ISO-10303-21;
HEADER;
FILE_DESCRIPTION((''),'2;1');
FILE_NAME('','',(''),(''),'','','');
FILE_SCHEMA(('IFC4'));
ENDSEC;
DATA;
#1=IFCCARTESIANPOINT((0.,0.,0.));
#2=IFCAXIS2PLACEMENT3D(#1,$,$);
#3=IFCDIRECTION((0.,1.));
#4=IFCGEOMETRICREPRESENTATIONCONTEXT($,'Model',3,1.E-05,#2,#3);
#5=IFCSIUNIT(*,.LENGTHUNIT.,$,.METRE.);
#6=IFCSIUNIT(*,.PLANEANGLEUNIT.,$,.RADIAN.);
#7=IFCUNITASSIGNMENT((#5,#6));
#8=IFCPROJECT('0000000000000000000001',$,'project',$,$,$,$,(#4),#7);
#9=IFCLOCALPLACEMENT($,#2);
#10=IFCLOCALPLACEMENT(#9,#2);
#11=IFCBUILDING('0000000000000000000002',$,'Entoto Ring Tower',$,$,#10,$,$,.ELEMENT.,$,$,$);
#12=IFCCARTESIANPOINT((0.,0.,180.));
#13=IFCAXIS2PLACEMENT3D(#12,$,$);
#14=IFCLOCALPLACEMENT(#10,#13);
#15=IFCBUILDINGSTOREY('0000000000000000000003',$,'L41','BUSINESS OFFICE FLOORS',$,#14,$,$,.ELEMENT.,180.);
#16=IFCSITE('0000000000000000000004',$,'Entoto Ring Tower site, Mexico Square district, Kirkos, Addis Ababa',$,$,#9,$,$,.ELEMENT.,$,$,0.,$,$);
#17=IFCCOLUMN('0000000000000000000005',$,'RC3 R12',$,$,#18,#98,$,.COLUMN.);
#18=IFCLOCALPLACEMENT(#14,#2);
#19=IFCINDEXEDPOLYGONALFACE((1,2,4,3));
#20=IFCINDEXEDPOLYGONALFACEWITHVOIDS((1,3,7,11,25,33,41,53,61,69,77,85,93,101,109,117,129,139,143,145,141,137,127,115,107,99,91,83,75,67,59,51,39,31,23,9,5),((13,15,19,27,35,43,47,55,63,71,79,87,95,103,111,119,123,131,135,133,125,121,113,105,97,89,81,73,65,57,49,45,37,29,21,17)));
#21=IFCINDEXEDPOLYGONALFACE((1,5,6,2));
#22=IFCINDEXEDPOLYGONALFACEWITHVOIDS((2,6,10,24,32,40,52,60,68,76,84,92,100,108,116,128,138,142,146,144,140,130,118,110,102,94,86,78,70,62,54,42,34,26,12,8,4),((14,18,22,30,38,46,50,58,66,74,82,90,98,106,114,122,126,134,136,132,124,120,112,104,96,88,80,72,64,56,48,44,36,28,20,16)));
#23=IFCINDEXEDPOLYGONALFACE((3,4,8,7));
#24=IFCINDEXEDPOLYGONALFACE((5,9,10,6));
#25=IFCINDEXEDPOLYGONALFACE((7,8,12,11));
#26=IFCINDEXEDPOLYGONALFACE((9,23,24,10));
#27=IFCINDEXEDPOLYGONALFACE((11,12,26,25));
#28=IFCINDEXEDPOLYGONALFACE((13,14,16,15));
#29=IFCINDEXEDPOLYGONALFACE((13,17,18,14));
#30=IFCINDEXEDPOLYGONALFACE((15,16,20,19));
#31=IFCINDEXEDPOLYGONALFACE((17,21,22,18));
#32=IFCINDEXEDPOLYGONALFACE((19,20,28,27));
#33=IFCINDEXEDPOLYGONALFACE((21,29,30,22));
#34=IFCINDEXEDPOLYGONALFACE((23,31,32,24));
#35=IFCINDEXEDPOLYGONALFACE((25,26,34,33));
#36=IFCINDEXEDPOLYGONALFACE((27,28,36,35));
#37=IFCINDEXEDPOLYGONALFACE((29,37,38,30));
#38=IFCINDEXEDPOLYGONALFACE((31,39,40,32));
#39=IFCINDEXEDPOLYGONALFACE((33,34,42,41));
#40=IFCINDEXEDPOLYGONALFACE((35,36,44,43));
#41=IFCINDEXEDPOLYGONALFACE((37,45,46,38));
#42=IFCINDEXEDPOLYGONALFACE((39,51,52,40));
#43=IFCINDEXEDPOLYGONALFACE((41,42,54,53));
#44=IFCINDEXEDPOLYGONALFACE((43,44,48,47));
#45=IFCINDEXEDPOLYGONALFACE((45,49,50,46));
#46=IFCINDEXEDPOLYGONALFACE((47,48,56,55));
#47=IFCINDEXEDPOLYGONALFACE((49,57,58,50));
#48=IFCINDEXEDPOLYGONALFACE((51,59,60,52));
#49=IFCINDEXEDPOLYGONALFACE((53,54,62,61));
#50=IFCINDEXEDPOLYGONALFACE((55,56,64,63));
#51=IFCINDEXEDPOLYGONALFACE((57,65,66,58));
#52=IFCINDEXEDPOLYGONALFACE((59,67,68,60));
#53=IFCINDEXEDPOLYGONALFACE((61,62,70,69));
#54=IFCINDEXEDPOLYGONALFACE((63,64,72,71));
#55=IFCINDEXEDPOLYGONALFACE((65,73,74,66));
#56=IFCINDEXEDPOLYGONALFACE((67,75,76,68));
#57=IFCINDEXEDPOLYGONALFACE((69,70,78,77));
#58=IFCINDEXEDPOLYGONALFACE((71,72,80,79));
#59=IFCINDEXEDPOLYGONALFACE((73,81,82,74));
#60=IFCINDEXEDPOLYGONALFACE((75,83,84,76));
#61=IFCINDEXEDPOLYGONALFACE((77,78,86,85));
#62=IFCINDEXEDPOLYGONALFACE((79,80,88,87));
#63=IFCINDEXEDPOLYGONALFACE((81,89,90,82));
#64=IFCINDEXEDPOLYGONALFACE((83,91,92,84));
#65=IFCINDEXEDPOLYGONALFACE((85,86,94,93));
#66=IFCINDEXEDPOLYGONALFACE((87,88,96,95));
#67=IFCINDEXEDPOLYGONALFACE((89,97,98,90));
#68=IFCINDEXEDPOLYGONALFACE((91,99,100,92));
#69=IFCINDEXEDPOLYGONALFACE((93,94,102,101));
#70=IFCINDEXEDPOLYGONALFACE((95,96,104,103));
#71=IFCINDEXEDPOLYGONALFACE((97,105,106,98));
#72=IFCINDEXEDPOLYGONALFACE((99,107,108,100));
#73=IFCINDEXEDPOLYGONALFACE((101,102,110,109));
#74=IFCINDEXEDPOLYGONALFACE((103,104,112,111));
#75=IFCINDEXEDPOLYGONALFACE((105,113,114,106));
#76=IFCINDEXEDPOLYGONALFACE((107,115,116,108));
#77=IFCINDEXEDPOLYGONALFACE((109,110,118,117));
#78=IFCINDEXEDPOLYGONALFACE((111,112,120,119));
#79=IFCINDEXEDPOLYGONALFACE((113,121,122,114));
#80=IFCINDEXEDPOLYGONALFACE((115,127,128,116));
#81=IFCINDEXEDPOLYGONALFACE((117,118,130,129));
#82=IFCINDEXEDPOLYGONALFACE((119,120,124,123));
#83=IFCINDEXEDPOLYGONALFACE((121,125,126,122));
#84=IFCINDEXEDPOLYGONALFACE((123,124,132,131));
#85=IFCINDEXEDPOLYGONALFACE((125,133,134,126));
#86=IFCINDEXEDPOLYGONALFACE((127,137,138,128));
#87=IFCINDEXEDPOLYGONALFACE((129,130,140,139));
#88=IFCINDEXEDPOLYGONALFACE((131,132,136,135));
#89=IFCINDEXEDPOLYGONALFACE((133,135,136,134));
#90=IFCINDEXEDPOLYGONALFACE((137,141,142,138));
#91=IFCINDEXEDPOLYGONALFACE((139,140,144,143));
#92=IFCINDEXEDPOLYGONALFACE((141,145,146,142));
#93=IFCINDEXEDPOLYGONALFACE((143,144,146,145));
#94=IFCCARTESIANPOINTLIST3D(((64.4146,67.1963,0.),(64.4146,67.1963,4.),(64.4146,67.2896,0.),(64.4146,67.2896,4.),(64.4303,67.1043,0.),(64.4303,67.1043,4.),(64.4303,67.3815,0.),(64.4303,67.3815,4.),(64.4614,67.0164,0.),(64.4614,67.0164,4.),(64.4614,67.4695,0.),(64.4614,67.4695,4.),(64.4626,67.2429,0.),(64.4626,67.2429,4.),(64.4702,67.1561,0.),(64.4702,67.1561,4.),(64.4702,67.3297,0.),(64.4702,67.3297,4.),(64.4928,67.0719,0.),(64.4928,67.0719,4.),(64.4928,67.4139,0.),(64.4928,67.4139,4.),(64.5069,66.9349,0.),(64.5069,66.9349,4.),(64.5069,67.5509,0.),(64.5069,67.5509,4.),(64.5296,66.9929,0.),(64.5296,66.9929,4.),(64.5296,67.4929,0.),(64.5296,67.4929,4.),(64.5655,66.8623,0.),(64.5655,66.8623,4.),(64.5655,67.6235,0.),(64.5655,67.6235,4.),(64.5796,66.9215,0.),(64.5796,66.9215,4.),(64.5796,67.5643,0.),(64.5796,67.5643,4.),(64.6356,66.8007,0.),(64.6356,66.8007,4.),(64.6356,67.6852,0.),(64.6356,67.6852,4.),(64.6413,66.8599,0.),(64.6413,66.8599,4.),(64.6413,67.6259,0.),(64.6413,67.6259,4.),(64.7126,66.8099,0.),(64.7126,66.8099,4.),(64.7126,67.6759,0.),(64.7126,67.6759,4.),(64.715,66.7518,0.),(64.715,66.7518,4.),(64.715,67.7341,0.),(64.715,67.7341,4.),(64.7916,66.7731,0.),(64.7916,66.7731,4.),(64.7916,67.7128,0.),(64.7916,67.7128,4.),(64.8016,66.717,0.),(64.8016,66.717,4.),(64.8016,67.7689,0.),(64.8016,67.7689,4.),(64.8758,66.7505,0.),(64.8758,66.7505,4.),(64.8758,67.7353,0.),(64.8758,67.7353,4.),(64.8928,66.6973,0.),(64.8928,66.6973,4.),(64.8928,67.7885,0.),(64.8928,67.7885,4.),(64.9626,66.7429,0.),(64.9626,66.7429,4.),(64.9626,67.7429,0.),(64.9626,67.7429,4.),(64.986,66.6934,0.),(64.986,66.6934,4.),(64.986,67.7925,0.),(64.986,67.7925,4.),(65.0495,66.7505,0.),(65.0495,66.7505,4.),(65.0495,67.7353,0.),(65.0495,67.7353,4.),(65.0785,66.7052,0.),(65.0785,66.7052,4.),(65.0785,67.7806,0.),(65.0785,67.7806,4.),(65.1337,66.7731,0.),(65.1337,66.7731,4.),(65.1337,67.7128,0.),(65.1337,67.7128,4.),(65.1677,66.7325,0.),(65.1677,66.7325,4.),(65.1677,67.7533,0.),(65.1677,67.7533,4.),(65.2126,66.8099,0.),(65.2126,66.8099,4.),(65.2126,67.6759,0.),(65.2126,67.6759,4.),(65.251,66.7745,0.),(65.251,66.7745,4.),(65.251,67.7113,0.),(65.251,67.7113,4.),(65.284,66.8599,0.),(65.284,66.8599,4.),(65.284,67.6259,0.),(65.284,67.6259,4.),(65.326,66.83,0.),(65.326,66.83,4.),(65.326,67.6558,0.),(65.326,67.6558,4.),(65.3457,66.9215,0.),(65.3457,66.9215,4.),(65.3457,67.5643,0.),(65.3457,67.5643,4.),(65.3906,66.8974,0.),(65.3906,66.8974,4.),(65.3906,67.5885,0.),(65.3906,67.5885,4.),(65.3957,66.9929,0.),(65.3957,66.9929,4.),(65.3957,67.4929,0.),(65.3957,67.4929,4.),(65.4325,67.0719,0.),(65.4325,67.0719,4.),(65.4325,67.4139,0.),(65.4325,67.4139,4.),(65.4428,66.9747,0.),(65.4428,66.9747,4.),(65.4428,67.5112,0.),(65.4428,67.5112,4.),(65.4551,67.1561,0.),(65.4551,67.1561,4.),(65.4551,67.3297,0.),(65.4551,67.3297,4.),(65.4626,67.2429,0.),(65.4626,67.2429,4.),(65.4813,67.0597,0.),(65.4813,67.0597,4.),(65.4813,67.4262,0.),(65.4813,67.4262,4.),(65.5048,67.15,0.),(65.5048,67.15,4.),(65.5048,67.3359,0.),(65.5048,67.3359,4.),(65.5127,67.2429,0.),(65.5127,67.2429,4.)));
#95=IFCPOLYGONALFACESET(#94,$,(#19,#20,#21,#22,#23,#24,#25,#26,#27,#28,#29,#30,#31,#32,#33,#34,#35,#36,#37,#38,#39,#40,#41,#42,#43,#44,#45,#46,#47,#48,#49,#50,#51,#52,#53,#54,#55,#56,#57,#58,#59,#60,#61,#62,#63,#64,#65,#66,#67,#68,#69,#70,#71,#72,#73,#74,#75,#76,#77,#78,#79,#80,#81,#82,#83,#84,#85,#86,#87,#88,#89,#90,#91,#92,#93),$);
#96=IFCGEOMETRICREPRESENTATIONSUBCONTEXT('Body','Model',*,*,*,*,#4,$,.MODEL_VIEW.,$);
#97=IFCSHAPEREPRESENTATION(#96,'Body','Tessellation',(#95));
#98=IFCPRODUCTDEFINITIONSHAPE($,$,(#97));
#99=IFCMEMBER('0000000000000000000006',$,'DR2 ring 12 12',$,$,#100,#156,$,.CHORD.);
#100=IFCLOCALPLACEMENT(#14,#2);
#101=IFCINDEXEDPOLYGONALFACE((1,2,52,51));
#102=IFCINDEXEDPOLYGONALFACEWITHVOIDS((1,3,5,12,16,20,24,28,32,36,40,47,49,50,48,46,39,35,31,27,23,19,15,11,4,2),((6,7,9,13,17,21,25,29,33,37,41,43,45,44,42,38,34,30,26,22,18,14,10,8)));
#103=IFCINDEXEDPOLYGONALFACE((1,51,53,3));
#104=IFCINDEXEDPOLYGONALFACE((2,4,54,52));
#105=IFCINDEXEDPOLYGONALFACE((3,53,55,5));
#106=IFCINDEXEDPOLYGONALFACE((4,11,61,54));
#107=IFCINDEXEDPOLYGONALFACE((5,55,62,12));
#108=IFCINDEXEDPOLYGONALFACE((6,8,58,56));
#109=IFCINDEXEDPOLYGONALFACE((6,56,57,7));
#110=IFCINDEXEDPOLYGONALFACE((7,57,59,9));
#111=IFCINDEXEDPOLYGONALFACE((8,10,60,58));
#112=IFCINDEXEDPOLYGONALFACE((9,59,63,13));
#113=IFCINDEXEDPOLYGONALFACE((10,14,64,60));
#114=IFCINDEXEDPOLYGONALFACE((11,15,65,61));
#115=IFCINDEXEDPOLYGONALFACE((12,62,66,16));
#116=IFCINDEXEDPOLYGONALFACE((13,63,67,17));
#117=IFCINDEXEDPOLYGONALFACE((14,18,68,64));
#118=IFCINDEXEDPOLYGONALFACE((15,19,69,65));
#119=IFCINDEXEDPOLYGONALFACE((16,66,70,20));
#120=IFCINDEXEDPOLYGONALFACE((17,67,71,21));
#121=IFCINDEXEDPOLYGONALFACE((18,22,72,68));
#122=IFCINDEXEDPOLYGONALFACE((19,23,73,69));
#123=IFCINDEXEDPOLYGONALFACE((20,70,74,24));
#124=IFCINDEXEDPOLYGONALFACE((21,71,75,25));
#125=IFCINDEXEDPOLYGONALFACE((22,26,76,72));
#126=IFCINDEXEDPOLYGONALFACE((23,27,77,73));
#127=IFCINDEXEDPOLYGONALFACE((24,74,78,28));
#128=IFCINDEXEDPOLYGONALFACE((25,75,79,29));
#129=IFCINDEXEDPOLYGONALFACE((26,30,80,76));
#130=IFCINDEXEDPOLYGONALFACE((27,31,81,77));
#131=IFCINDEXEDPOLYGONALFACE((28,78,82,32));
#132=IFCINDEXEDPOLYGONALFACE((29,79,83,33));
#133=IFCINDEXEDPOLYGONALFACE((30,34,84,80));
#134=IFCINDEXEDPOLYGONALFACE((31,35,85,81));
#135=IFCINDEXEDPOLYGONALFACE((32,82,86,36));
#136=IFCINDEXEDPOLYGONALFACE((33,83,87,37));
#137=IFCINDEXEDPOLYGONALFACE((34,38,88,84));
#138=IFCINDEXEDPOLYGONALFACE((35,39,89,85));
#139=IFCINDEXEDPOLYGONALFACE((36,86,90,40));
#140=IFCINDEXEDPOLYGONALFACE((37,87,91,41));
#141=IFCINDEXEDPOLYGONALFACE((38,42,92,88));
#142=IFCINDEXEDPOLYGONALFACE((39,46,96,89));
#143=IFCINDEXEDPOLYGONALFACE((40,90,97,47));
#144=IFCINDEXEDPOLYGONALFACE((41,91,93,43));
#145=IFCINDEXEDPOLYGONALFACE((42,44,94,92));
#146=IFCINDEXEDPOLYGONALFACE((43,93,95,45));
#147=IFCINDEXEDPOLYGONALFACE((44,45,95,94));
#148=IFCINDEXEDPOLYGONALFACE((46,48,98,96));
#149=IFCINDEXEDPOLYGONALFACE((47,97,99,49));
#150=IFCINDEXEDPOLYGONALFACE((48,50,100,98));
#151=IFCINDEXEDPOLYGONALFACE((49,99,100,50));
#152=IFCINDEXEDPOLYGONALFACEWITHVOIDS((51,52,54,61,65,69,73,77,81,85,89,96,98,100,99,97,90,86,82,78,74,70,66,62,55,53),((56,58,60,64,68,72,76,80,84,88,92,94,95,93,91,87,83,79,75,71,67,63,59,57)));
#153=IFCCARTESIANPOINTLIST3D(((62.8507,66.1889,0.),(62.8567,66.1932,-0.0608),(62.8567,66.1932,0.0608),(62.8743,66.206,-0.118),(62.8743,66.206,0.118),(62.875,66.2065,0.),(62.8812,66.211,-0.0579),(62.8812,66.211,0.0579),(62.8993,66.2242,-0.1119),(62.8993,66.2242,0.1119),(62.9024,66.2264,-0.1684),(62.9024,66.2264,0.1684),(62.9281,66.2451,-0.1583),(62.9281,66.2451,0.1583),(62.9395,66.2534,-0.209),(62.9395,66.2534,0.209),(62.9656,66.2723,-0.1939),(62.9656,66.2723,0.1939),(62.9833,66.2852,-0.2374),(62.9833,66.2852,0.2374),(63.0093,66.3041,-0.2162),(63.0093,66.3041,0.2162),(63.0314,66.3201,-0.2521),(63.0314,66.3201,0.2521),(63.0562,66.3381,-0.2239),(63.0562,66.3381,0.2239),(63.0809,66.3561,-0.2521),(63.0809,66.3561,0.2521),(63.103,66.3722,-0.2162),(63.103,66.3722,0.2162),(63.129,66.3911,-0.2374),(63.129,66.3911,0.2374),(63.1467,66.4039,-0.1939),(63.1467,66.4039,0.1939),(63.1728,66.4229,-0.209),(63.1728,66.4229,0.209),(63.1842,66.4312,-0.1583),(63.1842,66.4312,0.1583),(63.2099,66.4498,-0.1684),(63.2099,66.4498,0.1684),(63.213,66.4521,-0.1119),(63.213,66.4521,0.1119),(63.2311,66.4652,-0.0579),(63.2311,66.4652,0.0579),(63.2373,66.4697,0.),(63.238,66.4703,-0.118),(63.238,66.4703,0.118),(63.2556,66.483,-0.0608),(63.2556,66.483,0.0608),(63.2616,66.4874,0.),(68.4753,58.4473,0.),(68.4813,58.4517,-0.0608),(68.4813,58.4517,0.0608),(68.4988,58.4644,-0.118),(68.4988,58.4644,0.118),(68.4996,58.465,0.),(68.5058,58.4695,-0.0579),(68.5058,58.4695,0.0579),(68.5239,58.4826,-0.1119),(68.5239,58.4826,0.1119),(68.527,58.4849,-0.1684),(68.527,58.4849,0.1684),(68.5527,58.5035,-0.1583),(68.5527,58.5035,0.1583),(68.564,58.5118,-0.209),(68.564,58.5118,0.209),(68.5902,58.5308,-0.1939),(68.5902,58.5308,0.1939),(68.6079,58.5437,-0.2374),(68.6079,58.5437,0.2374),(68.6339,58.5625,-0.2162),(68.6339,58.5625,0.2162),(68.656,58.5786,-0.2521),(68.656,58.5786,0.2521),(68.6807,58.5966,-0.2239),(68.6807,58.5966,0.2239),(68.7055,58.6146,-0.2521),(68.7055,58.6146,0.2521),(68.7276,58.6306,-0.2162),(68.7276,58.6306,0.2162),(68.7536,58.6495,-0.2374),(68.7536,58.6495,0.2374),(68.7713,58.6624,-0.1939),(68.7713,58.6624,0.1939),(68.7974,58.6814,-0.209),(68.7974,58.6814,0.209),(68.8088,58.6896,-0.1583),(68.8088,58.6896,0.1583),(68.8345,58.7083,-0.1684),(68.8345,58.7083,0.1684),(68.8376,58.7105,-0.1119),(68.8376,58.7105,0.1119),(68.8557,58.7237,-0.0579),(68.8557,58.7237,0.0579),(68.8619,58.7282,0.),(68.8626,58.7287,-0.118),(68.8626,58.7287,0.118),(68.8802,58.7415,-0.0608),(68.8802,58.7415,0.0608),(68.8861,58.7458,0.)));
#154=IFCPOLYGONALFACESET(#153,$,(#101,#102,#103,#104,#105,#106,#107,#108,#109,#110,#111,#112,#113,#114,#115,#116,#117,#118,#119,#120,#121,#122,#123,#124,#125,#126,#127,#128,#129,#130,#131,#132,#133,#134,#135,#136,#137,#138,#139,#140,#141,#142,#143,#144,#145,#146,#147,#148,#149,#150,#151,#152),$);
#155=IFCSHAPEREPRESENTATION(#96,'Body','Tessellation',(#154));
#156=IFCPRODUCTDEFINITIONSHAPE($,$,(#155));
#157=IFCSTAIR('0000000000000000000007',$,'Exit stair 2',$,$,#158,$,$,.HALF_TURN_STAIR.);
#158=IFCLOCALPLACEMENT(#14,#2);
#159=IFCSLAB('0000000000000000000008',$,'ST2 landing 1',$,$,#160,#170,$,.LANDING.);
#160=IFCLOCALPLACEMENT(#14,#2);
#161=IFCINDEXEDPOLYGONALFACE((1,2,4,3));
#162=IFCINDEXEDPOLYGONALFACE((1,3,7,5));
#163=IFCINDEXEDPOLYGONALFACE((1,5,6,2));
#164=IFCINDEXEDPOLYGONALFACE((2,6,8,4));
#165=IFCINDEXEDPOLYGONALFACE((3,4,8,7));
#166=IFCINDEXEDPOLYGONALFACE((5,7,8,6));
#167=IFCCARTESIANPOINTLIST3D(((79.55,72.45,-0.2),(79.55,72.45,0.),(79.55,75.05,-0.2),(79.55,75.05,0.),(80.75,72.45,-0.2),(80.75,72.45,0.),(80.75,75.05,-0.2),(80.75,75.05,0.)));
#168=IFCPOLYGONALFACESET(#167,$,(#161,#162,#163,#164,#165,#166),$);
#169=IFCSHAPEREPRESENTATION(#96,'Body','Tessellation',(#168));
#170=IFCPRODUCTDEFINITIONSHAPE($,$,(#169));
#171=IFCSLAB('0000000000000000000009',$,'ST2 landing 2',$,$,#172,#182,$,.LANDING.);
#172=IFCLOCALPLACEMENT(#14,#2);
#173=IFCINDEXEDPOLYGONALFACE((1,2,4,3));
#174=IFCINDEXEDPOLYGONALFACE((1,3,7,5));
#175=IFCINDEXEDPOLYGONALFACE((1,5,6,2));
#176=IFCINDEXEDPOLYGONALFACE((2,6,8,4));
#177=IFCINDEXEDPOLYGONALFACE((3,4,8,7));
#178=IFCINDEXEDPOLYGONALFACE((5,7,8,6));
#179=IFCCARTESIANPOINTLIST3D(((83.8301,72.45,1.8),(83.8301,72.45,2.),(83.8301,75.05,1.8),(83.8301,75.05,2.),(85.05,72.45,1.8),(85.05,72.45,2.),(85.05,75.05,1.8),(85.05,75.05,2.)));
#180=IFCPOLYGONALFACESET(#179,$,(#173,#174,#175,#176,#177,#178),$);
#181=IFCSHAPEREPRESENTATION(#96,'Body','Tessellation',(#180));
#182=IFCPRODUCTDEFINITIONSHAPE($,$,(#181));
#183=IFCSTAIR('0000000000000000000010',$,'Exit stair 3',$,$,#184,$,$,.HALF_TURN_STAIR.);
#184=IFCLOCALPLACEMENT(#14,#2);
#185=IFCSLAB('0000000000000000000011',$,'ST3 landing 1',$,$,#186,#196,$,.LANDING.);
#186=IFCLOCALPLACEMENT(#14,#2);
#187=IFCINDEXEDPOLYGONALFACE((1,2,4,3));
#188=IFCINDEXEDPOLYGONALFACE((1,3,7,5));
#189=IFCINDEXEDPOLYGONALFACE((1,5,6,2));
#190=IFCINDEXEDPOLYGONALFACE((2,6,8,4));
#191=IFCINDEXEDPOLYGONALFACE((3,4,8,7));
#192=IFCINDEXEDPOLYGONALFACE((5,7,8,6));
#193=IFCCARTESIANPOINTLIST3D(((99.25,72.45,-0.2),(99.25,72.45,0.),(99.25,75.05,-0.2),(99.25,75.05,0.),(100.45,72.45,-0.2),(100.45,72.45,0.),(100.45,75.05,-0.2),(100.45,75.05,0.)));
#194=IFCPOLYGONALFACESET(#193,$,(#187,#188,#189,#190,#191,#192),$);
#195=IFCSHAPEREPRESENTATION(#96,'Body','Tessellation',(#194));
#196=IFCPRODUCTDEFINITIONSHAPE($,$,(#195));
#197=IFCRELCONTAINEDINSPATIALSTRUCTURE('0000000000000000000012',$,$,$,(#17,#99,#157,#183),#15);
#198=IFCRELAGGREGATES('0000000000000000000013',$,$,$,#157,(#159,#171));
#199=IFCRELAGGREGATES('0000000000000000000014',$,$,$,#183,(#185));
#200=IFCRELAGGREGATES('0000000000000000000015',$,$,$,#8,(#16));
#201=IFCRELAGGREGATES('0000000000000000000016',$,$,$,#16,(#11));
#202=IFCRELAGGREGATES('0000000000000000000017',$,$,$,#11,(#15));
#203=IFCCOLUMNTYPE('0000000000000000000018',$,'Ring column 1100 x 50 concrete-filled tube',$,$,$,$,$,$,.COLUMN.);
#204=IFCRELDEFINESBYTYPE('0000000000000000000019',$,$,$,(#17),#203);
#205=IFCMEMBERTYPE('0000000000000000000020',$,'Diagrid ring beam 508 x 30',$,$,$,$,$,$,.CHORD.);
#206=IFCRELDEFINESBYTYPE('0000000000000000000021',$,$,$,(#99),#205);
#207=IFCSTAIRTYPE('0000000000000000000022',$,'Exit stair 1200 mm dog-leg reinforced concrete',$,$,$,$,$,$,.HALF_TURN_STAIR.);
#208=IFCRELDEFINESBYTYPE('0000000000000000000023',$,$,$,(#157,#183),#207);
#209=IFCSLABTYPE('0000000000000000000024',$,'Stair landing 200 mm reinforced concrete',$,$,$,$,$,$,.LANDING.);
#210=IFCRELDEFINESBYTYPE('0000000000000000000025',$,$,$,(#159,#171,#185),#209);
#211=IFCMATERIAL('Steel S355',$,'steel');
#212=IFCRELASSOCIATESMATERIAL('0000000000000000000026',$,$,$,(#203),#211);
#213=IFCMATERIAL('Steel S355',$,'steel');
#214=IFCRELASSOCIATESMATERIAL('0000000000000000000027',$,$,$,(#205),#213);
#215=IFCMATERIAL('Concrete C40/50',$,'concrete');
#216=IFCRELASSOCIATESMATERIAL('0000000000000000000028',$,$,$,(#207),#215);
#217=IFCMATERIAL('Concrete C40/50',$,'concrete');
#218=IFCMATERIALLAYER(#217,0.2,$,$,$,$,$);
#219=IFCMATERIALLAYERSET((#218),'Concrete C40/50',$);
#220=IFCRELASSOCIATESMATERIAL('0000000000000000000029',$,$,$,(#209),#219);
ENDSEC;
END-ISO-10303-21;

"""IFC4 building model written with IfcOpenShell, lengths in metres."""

from ifc_helpers import new_model, si_unit, direction, frame, origin, origin_2d, place, context, subcontext, project, spatial, polyline, circle, hollow_circle, outline, extrude, material, layer, layer_set, material_profile, profile_set, type_object, element, aggregate, save


model = new_model("IFC4")

# Units and contexts
model_context = context("Model", 3, precision=1e-05, world=origin(), true_north=direction((0.0, 1.0)))
body_context = subcontext(model_context, "Body", "Model", "MODEL_VIEW")
ifc_project = project(units=[si_unit("LENGTHUNIT", "METRE"), si_unit("PLANEANGLEUNIT", "RADIAN")], contexts=[model_context])

# Site, building, storey
site_placement = place(None, origin())
site = spatial("IfcSite", under=ifc_project, at=site_placement, Name="Entoto Ring Tower site, Mexico Square district, Kirkos, Addis Ababa", CompositionType="ELEMENT", RefElevation=0.0)
building_placement = place(site_placement, origin())
building = spatial("IfcBuilding", under=site, at=building_placement, Name="Entoto Ring Tower", CompositionType="ELEMENT")
storey_placement = place(building_placement, frame((0.0, 0.0, 180.0)))
storey = spatial("IfcBuildingStorey", under=building, at=storey_placement, Name="L41", Description="BUSINESS OFFICE FLOORS", CompositionType="ELEMENT", Elevation=180.0)

# Column
ifc_material_1 = material(Name="Steel S355", Category="steel")
ifc_material_profile_1 = material_profile(ifc_material_1, hollow_circle(Radius=0.55, WallThickness=0.05, at=origin_2d()), Name="CHS 1100 x 50")
ifc_material_2 = material(Name="Concrete C60/75", Category="concrete")
ifc_material_profile_2 = material_profile(ifc_material_2, circle(Radius=0.5, at=origin_2d()), Name="Concrete C60/75 infill")
ifc_profile_set_1 = profile_set([ifc_material_profile_1, ifc_material_profile_2], Name="Steel S355")
column_type = type_object("IfcColumnType", Name="Ring column 1100 x 50 concrete-filled tube", PredefinedType="COLUMN", material=ifc_profile_set_1)
column_placement = place(storey_placement, frame((64.9626, 67.2429, 0.0), z_axis=(0.0, 0.0, 1.0), x_axis=(1.0, 0.0, 0.0)))
element("IfcColumn", 1, at=column_placement, inside=storey, type_object=column_type, Name="RC3 R12", PredefinedType="COLUMN", context=body_context, shape_type="SweptSolid", body=[
    extrude(hollow_circle(Radius=0.55, WallThickness=0.05, at=origin_2d()), origin(), (0.0, 0.0, 1.0), 4.0),
])

# Member
ifc_material_3 = material(Name="Steel S355", Category="steel")
ifc_material_profile_3 = material_profile(ifc_material_3, hollow_circle(Radius=0.2539, WallThickness=0.03, at=origin_2d()), Name="CHS 508 x 30")
ifc_material_4 = material(Name="Concrete C60/75", Category="concrete")
ifc_material_profile_4 = material_profile(ifc_material_4, circle(Radius=0.2241, at=origin_2d()), Name="Concrete C60/75 infill")
ifc_profile_set_2 = profile_set([ifc_material_profile_3, ifc_material_profile_4], Name="Steel S355")
member_type = type_object("IfcMemberType", Name="Diagrid ring beam 508 x 30", PredefinedType="CHORD", material=ifc_profile_set_2)
member_placement = place(storey_placement, frame((63.0562, 66.3381, 0.0), z_axis=(0.587786, -0.809016, 0.0), x_axis=(0.809016, 0.587786, 0.0)))
element("IfcMember", 2, at=member_placement, inside=storey, type_object=member_type, Name="DR2 ring 12 12", PredefinedType="CHORD", context=body_context, shape_type="SweptSolid", body=[
    extrude(hollow_circle(Radius=0.2539, WallThickness=0.03, at=origin_2d()), origin(), (0.0, 0.0, 1.0), 9.5691),
])

# Stairs, slabs
ifc_material_5 = material(Name="Concrete C40/50", Category="concrete")
stair_type = type_object("IfcStairType", Name="Exit stair 1200 mm dog-leg reinforced concrete", PredefinedType="HALF_TURN_STAIR", material=ifc_material_5)
stair_1_placement = place(storey_placement, origin())
stair_1 = element("IfcStair", 3, at=stair_1_placement, inside=storey, type_object=stair_type, Name="Exit stair 2", PredefinedType="HALF_TURN_STAIR")
ifc_material_6 = material(Name="Concrete C40/50", Category="concrete")
ifc_layer_1 = layer(ifc_material_6, 0.2)
ifc_layer_set_1 = layer_set([ifc_layer_1], Name="Concrete C40/50")
slab_type_1 = type_object("IfcSlabType", Name="Stair landing 200 mm reinforced concrete", PredefinedType="LANDING", material=ifc_layer_set_1)
slab_1_placement = place(storey_placement, frame((0.0, 0.0, -0.2)))
slab_1 = element("IfcSlab", 4, at=slab_1_placement, type_object=slab_type_1, Name="ST2 landing 1", PredefinedType="LANDING", context=body_context, shape_type="SweptSolid", body=[
    extrude(outline(polyline([(80.75, 72.45), (80.75, 75.05), (79.55, 75.05), (79.55, 72.45), (80.75, 72.45)])), origin(), (0.0, 0.0, 1.0), 0.2),
])
slab_2_placement = place(storey_placement, frame((0.0, 0.0, 1.8)))
slab_2 = element("IfcSlab", 5, at=slab_2_placement, type_object=slab_type_1, Name="ST2 landing 2", PredefinedType="LANDING", context=body_context, shape_type="SweptSolid", body=[
    extrude(outline(polyline([(83.8301, 72.45), (85.05, 72.45), (85.05, 75.05), (83.8301, 75.05), (83.8301, 72.45)])), origin(), (0.0, 0.0, 1.0), 0.2),
])
aggregate(stair_1, [slab_1, slab_2])
stair_2_placement = place(storey_placement, origin())
stair_2 = element("IfcStair", 6, at=stair_2_placement, inside=storey, type_object=stair_type, Name="Exit stair 3", PredefinedType="HALF_TURN_STAIR")
slab_3_placement = place(storey_placement, frame((0.0, 0.0, -0.2)))
slab_3 = element("IfcSlab", 7, at=slab_3_placement, type_object=slab_type_1, Name="ST3 landing 1", PredefinedType="LANDING", context=body_context, shape_type="SweptSolid", body=[
    extrude(outline(polyline([(100.45, 72.45), (100.45, 75.05), (99.25, 75.05), (99.25, 72.45), (100.45, 72.45)])), origin(), (0.0, 0.0, 1.0), 0.2),
])
aggregate(stair_2, [slab_3])

save(model, "model.ifc")
